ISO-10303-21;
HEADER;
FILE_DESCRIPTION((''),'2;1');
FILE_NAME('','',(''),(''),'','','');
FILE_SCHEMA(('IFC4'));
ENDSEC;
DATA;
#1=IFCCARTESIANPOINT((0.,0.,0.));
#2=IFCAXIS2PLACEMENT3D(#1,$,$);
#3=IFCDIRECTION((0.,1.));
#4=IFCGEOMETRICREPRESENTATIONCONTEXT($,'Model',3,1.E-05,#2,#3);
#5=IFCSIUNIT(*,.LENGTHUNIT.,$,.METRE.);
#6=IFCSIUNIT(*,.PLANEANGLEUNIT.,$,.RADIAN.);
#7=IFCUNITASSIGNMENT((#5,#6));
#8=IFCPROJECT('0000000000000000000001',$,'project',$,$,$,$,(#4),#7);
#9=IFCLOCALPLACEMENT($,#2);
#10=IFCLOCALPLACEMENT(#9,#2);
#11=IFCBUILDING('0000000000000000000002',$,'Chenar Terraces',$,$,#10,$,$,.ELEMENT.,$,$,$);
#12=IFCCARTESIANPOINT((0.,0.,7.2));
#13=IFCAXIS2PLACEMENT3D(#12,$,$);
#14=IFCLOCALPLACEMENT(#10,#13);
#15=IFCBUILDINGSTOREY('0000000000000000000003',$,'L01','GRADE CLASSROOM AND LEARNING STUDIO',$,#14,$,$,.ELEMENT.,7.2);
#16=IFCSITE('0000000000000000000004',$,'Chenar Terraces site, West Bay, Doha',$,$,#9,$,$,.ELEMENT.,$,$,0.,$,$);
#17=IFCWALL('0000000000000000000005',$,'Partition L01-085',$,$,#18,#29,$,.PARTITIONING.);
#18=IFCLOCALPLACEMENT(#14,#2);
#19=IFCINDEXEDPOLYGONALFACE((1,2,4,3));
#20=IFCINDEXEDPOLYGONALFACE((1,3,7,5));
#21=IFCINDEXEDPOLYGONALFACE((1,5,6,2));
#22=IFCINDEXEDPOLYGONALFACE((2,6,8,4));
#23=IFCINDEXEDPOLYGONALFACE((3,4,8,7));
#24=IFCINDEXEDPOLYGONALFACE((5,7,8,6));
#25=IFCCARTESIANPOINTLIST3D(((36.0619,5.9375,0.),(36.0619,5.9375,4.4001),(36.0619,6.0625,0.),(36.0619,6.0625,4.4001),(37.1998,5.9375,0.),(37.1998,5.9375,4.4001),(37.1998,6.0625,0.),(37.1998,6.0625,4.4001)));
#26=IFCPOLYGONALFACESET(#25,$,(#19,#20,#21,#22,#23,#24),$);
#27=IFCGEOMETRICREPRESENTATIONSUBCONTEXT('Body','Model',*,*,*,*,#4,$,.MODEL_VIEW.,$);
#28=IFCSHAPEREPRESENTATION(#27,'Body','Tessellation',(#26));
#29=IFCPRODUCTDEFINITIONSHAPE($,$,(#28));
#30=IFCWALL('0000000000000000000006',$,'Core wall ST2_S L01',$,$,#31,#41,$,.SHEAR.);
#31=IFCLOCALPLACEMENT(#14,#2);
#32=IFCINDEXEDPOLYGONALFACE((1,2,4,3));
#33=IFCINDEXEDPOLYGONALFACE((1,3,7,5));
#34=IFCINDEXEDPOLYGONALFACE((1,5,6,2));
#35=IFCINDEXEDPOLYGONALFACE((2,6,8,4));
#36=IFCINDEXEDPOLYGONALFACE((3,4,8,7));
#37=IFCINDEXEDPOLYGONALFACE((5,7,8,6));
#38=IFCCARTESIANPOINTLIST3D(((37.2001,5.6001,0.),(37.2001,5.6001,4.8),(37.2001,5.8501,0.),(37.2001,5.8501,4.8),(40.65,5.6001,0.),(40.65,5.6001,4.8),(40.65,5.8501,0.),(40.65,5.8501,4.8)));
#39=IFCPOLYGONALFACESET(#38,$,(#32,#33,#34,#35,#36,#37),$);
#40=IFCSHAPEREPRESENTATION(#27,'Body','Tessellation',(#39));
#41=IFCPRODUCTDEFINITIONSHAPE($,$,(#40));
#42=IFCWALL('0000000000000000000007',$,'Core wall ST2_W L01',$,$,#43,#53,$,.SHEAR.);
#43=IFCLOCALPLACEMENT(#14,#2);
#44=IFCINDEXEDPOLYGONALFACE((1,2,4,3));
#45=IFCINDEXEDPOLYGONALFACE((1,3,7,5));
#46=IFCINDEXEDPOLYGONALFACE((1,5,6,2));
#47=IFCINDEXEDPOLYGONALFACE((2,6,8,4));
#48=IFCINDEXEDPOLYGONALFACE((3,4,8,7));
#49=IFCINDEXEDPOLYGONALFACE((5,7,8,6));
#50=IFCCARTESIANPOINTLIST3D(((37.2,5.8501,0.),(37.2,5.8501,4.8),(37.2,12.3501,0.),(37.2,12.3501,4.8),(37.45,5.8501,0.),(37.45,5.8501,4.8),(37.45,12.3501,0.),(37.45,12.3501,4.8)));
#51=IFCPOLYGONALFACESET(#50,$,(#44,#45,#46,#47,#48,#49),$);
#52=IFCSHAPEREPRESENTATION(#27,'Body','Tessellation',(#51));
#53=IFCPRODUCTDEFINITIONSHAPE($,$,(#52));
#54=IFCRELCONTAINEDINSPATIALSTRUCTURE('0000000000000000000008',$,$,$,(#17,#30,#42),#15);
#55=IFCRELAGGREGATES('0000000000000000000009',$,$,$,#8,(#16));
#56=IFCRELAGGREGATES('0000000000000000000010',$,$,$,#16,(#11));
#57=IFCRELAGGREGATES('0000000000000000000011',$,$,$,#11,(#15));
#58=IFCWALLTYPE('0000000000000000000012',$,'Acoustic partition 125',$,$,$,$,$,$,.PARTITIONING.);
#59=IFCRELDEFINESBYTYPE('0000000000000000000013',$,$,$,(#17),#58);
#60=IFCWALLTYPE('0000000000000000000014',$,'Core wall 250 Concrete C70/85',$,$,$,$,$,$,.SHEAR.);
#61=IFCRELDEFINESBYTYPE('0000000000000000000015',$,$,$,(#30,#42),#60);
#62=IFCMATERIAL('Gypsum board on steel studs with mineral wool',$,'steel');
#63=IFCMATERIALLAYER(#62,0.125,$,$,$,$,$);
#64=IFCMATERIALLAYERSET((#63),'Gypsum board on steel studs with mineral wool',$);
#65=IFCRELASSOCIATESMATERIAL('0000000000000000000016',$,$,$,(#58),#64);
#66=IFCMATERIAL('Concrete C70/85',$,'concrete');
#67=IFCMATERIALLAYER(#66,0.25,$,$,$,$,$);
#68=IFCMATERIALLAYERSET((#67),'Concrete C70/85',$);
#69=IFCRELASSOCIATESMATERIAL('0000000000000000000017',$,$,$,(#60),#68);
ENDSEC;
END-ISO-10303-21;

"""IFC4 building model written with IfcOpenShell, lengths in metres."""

from ifc_helpers import new_model, si_unit, direction, frame, frame_2d, origin, place, context, subcontext, project, spatial, rectangle, extrude, material, layer, layer_set, type_object, element, save


model = new_model("IFC4")

# Units and contexts
model_context = context("Model", 3, precision=1e-05, world=origin(), true_north=direction((0.0, 1.0)))
body_context = subcontext(model_context, "Body", "Model", "MODEL_VIEW")
ifc_project = project(units=[si_unit("LENGTHUNIT", "METRE"), si_unit("PLANEANGLEUNIT", "RADIAN")], contexts=[model_context])

# Site, building, storey
site_placement = place(None, origin())
site = spatial("IfcSite", under=ifc_project, at=site_placement, Name="Chenar Terraces site, West Bay, Doha", CompositionType="ELEMENT", RefElevation=0.0)
building_placement = place(site_placement, origin())
building = spatial("IfcBuilding", under=site, at=building_placement, Name="Chenar Terraces", CompositionType="ELEMENT")
storey_placement = place(building_placement, frame((0.0, 0.0, 7.2)))
storey = spatial("IfcBuildingStorey", under=building, at=storey_placement, Name="L01", Description="GRADE CLASSROOM AND LEARNING STUDIO", CompositionType="ELEMENT", Elevation=7.2)

# Walls
ifc_material_1 = material(Name="Gypsum board on steel studs with mineral wool", Category="steel")
ifc_layer_1 = layer(ifc_material_1, 0.125)
ifc_layer_set_1 = layer_set([ifc_layer_1], Name="Gypsum board on steel studs with mineral wool")
wall_type_1 = type_object("IfcWallType", Name="Acoustic partition 125", PredefinedType="PARTITIONING", material=ifc_layer_set_1)
wall_1_placement = place(storey_placement, frame((36.062, 6.0, 0.0), z_axis=(0.0, 0.0, 1.0), x_axis=(1.0, 0.0, 0.0)))
element("IfcWall", 1, at=wall_1_placement, inside=storey, type_object=wall_type_1, Name="Partition L01-085", PredefinedType="PARTITIONING", context=body_context, shape_type="SweptSolid", body=[
    extrude(rectangle(XDim=1.1379, YDim=0.125, at=frame_2d((0.5688, 0.0))), origin(), (0.0, 0.0, 1.0), 4.4001),
])
ifc_material_2 = material(Name="Concrete C70/85", Category="concrete")
ifc_layer_2 = layer(ifc_material_2, 0.25)
ifc_layer_set_2 = layer_set([ifc_layer_2], Name="Concrete C70/85")
wall_type_2 = type_object("IfcWallType", Name="Core wall 250 Concrete C70/85", PredefinedType="SHEAR", material=ifc_layer_set_2)
wall_2_placement = place(storey_placement, frame((37.2, 5.7251, 0.0), z_axis=(0.0, 0.0, 1.0), x_axis=(1.0, 0.0, 0.0)))
element("IfcWall", 2, at=wall_2_placement, inside=storey, type_object=wall_type_2, Name="Core wall ST2_S L01", PredefinedType="SHEAR", context=body_context, shape_type="SweptSolid", body=[
    extrude(rectangle(XDim=3.45, YDim=0.25, at=frame_2d((1.7251, 0.0))), origin(), (0.0, 0.0, 1.0), 4.8),
])
wall_3_placement = place(storey_placement, frame((37.325, 5.8501, 0.0), z_axis=(0.0, 0.0, 1.0), x_axis=(0.0, 1.0, 0.0)))
element("IfcWall", 3, at=wall_3_placement, inside=storey, type_object=wall_type_2, Name="Core wall ST2_W L01", PredefinedType="SHEAR", context=body_context, shape_type="SweptSolid", body=[
    extrude(rectangle(XDim=6.5, YDim=0.25, at=frame_2d((3.25, 0.0))), origin(), (0.0, 0.0, 1.0), 4.8),
])

save(model, "model.ifc")
